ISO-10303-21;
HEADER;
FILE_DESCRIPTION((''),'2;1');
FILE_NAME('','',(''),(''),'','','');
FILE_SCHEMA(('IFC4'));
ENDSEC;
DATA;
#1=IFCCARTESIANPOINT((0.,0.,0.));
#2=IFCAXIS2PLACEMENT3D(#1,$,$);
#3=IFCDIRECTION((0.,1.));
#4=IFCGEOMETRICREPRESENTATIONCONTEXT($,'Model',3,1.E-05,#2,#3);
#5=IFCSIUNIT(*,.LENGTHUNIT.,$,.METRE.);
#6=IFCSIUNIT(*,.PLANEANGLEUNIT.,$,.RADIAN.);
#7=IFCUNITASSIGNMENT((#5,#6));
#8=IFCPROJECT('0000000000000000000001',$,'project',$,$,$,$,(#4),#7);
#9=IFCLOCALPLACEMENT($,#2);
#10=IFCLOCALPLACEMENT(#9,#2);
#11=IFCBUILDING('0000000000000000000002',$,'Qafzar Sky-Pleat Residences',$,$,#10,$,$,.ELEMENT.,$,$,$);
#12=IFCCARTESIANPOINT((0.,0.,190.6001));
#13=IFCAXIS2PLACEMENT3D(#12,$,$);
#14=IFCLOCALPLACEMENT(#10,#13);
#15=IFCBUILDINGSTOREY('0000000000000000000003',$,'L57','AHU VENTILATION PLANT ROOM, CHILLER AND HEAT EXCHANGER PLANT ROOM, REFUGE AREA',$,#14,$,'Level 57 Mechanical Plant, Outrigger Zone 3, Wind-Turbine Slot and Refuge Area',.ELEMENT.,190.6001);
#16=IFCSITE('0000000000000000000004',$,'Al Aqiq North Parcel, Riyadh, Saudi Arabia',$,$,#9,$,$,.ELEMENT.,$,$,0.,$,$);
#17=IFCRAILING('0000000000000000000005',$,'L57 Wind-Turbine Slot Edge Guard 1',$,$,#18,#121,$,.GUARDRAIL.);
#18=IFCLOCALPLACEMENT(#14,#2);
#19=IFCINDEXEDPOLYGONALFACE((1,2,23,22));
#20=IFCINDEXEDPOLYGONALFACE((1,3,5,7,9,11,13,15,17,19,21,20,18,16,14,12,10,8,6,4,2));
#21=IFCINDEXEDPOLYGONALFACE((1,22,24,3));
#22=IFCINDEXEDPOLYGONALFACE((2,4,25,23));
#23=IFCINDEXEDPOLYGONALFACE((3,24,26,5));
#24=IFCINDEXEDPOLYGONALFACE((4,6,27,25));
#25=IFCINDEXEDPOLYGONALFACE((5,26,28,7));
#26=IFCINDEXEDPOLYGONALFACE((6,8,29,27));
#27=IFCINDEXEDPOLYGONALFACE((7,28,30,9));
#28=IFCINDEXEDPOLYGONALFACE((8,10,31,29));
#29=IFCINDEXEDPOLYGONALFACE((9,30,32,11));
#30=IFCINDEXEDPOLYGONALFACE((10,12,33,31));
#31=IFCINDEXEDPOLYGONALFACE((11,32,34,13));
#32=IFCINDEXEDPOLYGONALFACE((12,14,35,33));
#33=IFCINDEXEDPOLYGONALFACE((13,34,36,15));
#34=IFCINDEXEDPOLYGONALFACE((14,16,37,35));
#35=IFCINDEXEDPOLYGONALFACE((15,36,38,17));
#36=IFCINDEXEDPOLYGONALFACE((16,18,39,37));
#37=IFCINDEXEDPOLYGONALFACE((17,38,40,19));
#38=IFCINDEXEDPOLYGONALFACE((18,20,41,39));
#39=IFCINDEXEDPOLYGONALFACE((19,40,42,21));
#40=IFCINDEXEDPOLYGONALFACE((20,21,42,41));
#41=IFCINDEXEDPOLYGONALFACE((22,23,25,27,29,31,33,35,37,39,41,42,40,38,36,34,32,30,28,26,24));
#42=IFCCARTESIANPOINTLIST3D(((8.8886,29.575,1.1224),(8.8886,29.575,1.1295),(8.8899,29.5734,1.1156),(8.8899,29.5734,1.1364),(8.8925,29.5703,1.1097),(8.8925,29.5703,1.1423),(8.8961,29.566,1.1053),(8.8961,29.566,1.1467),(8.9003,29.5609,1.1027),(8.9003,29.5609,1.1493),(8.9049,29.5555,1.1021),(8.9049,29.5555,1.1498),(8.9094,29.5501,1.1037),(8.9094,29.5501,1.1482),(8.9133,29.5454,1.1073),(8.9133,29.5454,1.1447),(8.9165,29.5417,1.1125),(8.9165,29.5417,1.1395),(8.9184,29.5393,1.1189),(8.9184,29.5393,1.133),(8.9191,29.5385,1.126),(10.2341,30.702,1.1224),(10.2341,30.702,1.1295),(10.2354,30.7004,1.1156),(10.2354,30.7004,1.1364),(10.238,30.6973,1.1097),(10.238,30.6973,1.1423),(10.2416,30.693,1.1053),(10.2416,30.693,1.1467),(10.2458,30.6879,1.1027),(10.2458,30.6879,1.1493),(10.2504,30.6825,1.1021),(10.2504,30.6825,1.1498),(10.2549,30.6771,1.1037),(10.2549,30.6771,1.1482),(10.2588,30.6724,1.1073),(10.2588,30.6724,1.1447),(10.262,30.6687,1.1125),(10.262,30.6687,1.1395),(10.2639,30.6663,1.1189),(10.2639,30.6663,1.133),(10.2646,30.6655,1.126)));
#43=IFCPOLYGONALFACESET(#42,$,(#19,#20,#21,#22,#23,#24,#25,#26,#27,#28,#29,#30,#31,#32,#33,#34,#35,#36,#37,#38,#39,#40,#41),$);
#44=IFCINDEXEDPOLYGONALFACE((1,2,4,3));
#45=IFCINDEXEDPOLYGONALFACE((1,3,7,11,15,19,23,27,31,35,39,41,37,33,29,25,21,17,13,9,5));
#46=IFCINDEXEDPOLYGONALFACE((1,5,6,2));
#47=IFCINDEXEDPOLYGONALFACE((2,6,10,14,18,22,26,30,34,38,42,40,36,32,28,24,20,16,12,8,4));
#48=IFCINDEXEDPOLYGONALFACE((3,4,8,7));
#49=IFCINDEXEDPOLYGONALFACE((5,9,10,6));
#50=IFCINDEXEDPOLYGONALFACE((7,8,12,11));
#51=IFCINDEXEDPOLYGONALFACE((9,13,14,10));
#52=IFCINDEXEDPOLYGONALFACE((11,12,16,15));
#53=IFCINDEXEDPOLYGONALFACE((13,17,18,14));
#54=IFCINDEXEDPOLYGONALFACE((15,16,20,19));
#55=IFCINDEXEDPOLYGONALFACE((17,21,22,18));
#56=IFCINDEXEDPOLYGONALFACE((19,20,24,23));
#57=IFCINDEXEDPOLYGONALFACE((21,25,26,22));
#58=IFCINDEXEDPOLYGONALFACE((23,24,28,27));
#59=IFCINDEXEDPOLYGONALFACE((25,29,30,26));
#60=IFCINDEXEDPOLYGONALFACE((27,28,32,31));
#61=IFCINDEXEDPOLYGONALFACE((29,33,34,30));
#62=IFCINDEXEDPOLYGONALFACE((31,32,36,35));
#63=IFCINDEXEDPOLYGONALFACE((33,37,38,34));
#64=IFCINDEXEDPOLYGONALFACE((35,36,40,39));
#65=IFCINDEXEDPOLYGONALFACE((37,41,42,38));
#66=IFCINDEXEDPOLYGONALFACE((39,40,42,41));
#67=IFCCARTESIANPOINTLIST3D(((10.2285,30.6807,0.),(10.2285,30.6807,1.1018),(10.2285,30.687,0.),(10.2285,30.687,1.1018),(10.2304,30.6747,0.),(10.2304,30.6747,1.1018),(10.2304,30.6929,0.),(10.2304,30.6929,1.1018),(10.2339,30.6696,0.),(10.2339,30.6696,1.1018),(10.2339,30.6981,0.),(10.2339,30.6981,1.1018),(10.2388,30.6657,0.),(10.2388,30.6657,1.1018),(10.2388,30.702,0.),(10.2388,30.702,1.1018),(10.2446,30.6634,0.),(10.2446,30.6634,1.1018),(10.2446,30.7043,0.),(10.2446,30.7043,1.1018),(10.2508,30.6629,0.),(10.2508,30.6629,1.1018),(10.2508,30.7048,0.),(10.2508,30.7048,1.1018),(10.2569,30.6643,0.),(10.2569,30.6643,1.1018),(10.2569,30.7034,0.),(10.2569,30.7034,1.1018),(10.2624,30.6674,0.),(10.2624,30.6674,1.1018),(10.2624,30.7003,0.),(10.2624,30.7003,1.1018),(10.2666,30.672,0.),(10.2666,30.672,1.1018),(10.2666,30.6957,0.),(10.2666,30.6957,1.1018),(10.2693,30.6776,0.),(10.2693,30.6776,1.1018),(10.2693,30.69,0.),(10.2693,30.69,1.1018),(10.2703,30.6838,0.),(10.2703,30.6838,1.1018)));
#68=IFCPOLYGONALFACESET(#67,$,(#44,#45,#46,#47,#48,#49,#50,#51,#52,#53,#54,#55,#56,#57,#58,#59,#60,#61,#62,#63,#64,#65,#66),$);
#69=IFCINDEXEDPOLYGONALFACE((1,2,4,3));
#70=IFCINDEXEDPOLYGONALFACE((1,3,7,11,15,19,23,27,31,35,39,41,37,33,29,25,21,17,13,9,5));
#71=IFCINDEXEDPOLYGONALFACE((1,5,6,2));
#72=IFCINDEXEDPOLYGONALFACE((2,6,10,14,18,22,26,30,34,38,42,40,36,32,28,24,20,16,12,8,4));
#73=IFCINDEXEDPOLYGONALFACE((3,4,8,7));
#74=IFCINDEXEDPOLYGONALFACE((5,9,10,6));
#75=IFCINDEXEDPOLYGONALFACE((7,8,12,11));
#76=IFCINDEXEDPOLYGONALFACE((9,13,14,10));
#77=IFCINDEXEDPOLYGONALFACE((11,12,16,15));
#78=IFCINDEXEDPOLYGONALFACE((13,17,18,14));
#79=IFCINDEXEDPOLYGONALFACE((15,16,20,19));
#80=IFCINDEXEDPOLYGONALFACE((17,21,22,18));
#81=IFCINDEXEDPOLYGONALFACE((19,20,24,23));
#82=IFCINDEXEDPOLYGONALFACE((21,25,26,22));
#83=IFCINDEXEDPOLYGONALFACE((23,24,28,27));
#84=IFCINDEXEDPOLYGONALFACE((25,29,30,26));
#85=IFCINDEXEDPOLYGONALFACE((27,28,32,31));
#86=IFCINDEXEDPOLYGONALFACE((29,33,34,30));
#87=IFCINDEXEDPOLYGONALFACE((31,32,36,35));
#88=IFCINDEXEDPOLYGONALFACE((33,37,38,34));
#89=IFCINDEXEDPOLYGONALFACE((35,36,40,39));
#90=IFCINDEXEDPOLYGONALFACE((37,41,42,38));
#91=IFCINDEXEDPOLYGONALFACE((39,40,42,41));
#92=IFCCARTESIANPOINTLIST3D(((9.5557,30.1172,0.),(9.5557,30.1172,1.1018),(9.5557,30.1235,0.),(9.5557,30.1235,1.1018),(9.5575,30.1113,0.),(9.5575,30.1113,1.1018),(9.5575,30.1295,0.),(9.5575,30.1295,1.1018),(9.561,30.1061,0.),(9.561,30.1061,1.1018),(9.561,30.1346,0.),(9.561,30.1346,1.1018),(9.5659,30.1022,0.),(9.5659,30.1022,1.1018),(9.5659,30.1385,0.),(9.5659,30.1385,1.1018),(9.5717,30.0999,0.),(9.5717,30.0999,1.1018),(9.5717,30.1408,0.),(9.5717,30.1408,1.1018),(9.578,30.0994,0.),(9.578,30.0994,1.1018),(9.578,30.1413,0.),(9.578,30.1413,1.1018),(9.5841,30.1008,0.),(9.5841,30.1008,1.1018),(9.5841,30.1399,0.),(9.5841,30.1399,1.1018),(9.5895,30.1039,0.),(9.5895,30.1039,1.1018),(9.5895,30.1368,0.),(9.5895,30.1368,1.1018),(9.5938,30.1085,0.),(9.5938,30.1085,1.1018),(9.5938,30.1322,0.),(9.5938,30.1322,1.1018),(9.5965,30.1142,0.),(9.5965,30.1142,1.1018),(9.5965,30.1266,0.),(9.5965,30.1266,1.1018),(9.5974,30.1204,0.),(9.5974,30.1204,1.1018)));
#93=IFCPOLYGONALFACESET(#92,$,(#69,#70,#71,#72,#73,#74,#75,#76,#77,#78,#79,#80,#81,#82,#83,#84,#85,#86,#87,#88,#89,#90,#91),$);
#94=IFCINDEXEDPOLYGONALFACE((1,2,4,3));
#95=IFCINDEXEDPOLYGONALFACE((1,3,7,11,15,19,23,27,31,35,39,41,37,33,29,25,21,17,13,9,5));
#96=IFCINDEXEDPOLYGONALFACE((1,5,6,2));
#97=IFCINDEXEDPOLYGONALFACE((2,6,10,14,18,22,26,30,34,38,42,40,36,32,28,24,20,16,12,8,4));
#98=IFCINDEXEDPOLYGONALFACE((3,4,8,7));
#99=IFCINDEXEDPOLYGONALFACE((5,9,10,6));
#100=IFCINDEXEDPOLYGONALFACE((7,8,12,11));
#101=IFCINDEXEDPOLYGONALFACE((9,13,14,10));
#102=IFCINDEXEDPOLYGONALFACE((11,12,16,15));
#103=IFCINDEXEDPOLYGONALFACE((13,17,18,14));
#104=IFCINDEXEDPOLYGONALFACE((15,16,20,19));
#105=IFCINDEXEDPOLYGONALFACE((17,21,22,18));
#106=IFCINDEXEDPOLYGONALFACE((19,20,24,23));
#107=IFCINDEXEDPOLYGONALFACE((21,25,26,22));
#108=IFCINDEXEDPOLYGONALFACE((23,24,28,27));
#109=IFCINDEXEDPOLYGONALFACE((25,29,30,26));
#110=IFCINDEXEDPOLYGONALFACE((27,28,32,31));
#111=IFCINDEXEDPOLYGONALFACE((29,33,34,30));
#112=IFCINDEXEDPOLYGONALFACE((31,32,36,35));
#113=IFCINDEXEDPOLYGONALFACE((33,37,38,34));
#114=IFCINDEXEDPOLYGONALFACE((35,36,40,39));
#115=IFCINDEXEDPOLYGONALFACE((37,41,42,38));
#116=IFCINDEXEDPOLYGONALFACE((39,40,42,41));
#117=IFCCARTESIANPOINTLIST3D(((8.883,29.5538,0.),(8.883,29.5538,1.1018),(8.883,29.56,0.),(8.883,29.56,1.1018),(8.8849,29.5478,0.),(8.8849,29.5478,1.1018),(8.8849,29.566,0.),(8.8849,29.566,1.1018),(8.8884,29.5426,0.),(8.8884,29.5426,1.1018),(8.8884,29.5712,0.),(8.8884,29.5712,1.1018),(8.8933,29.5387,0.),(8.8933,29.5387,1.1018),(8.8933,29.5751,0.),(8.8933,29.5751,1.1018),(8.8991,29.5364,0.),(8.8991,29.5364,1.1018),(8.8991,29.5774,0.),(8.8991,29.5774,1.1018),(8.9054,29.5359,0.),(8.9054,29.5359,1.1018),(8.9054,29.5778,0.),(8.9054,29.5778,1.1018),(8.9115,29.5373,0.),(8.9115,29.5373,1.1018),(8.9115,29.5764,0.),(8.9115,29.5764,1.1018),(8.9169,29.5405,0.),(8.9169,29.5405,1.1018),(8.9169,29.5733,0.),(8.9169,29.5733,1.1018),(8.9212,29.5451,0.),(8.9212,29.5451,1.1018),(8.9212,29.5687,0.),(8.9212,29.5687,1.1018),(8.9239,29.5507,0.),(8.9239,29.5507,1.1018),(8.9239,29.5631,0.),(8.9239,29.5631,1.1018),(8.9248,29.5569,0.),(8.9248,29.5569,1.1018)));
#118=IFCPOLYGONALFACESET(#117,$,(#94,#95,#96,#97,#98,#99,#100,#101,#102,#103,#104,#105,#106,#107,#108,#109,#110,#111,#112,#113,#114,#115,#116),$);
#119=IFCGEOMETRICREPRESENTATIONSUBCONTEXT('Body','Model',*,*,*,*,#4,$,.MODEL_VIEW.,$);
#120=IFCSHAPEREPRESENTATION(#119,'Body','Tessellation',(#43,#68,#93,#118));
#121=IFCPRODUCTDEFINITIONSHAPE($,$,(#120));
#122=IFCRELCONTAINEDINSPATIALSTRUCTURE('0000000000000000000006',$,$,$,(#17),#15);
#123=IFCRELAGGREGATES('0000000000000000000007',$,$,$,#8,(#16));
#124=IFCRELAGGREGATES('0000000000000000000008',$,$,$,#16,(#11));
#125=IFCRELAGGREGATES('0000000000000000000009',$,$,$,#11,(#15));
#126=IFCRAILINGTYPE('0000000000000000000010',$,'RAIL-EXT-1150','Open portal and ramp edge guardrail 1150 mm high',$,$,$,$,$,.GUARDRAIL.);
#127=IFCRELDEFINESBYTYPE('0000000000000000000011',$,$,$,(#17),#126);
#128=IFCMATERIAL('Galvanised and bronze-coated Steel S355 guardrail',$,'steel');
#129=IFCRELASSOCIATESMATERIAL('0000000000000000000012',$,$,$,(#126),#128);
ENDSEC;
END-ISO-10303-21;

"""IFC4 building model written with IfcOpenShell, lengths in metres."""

from ifc_helpers import new_model, si_unit, direction, frame, origin, origin_2d, place, context, subcontext, project, spatial, circle, extrude, source, transform, mapped, material, type_object, element, save


model = new_model("IFC4")

# Units and contexts
model_context = context("Model", 3, precision=1e-05, world=origin(), true_north=direction((0.0, 1.0)))
body_context = subcontext(model_context, "Body", "Model", "MODEL_VIEW")
ifc_project = project(units=[si_unit("LENGTHUNIT", "METRE"), si_unit("PLANEANGLEUNIT", "RADIAN")], contexts=[model_context])

# Site, building, storey
site_placement = place(None, origin())
site = spatial("IfcSite", under=ifc_project, at=site_placement, Name="Al Aqiq North Parcel, Riyadh, Saudi Arabia", CompositionType="ELEMENT", RefElevation=0.0)
building_placement = place(site_placement, origin())
building = spatial("IfcBuilding", under=site, at=building_placement, Name="Qafzar Sky-Pleat Residences", CompositionType="ELEMENT")
storey_placement = place(building_placement, frame((0.0, 0.0, 190.6001)))
storey = spatial("IfcBuildingStorey", under=building, at=storey_placement, Name="L57", Description="AHU VENTILATION PLANT ROOM, CHILLER AND HEAT EXCHANGER PLANT ROOM, REFUGE AREA", LongName="Level 57 Mechanical Plant, Outrigger Zone 3, Wind-Turbine Slot and Refuge Area", CompositionType="ELEMENT", Elevation=190.6001)

# Railing
ifc_material_1 = material(Name="Galvanised and bronze-coated Steel S355 guardrail", Category="steel")
railing_type = type_object("IfcRailingType", Name="RAIL-EXT-1150", Description="Open portal and ramp edge guardrail 1150 mm high", PredefinedType="GUARDRAIL", material=ifc_material_1)
shared_shape_1 = source(origin(), body_context, "Body", "SweptSolid", [
    extrude(circle(Radius=0.0239, at=origin_2d()), frame((0.0, 0.0, 1.126), z_axis=(-0.766611, -0.642112, 0.0), x_axis=(0.642112, -0.766611, 0.0)), (0.0, 0.0, 1.0), 1.7551),
    extrude(circle(Radius=0.021, at=origin_2d()), origin(), (0.0, 0.0, 1.0), 1.1018),
    extrude(circle(Radius=0.021, at=origin_2d()), frame((-0.6729, -0.5635, 0.0)), (0.0, 0.0, 1.0), 1.1018),
    extrude(circle(Radius=0.021, at=origin_2d()), frame((-1.3455, -1.127, 0.0)), (0.0, 0.0, 1.0), 1.1018),
])
railing_1_placement = place(storey_placement, frame((10.2493, 30.6838, 0.0)))
element("IfcRailing", 1, at=railing_1_placement, inside=storey, type_object=railing_type, Name="L57 Wind-Turbine Slot Edge Guard 1", PredefinedType="GUARDRAIL", context=body_context, shape_type="MappedRepresentation", body=[
    mapped(shared_shape_1, transform((0.0, 0.0, 0.0), x_axis=(1.0, 0.0, 0.0), y_axis=(0.0, 1.0, 0.0), z_axis=(0.0, 0.0, 1.0), scale=1.0)),
])

save(model, "model.ifc")
